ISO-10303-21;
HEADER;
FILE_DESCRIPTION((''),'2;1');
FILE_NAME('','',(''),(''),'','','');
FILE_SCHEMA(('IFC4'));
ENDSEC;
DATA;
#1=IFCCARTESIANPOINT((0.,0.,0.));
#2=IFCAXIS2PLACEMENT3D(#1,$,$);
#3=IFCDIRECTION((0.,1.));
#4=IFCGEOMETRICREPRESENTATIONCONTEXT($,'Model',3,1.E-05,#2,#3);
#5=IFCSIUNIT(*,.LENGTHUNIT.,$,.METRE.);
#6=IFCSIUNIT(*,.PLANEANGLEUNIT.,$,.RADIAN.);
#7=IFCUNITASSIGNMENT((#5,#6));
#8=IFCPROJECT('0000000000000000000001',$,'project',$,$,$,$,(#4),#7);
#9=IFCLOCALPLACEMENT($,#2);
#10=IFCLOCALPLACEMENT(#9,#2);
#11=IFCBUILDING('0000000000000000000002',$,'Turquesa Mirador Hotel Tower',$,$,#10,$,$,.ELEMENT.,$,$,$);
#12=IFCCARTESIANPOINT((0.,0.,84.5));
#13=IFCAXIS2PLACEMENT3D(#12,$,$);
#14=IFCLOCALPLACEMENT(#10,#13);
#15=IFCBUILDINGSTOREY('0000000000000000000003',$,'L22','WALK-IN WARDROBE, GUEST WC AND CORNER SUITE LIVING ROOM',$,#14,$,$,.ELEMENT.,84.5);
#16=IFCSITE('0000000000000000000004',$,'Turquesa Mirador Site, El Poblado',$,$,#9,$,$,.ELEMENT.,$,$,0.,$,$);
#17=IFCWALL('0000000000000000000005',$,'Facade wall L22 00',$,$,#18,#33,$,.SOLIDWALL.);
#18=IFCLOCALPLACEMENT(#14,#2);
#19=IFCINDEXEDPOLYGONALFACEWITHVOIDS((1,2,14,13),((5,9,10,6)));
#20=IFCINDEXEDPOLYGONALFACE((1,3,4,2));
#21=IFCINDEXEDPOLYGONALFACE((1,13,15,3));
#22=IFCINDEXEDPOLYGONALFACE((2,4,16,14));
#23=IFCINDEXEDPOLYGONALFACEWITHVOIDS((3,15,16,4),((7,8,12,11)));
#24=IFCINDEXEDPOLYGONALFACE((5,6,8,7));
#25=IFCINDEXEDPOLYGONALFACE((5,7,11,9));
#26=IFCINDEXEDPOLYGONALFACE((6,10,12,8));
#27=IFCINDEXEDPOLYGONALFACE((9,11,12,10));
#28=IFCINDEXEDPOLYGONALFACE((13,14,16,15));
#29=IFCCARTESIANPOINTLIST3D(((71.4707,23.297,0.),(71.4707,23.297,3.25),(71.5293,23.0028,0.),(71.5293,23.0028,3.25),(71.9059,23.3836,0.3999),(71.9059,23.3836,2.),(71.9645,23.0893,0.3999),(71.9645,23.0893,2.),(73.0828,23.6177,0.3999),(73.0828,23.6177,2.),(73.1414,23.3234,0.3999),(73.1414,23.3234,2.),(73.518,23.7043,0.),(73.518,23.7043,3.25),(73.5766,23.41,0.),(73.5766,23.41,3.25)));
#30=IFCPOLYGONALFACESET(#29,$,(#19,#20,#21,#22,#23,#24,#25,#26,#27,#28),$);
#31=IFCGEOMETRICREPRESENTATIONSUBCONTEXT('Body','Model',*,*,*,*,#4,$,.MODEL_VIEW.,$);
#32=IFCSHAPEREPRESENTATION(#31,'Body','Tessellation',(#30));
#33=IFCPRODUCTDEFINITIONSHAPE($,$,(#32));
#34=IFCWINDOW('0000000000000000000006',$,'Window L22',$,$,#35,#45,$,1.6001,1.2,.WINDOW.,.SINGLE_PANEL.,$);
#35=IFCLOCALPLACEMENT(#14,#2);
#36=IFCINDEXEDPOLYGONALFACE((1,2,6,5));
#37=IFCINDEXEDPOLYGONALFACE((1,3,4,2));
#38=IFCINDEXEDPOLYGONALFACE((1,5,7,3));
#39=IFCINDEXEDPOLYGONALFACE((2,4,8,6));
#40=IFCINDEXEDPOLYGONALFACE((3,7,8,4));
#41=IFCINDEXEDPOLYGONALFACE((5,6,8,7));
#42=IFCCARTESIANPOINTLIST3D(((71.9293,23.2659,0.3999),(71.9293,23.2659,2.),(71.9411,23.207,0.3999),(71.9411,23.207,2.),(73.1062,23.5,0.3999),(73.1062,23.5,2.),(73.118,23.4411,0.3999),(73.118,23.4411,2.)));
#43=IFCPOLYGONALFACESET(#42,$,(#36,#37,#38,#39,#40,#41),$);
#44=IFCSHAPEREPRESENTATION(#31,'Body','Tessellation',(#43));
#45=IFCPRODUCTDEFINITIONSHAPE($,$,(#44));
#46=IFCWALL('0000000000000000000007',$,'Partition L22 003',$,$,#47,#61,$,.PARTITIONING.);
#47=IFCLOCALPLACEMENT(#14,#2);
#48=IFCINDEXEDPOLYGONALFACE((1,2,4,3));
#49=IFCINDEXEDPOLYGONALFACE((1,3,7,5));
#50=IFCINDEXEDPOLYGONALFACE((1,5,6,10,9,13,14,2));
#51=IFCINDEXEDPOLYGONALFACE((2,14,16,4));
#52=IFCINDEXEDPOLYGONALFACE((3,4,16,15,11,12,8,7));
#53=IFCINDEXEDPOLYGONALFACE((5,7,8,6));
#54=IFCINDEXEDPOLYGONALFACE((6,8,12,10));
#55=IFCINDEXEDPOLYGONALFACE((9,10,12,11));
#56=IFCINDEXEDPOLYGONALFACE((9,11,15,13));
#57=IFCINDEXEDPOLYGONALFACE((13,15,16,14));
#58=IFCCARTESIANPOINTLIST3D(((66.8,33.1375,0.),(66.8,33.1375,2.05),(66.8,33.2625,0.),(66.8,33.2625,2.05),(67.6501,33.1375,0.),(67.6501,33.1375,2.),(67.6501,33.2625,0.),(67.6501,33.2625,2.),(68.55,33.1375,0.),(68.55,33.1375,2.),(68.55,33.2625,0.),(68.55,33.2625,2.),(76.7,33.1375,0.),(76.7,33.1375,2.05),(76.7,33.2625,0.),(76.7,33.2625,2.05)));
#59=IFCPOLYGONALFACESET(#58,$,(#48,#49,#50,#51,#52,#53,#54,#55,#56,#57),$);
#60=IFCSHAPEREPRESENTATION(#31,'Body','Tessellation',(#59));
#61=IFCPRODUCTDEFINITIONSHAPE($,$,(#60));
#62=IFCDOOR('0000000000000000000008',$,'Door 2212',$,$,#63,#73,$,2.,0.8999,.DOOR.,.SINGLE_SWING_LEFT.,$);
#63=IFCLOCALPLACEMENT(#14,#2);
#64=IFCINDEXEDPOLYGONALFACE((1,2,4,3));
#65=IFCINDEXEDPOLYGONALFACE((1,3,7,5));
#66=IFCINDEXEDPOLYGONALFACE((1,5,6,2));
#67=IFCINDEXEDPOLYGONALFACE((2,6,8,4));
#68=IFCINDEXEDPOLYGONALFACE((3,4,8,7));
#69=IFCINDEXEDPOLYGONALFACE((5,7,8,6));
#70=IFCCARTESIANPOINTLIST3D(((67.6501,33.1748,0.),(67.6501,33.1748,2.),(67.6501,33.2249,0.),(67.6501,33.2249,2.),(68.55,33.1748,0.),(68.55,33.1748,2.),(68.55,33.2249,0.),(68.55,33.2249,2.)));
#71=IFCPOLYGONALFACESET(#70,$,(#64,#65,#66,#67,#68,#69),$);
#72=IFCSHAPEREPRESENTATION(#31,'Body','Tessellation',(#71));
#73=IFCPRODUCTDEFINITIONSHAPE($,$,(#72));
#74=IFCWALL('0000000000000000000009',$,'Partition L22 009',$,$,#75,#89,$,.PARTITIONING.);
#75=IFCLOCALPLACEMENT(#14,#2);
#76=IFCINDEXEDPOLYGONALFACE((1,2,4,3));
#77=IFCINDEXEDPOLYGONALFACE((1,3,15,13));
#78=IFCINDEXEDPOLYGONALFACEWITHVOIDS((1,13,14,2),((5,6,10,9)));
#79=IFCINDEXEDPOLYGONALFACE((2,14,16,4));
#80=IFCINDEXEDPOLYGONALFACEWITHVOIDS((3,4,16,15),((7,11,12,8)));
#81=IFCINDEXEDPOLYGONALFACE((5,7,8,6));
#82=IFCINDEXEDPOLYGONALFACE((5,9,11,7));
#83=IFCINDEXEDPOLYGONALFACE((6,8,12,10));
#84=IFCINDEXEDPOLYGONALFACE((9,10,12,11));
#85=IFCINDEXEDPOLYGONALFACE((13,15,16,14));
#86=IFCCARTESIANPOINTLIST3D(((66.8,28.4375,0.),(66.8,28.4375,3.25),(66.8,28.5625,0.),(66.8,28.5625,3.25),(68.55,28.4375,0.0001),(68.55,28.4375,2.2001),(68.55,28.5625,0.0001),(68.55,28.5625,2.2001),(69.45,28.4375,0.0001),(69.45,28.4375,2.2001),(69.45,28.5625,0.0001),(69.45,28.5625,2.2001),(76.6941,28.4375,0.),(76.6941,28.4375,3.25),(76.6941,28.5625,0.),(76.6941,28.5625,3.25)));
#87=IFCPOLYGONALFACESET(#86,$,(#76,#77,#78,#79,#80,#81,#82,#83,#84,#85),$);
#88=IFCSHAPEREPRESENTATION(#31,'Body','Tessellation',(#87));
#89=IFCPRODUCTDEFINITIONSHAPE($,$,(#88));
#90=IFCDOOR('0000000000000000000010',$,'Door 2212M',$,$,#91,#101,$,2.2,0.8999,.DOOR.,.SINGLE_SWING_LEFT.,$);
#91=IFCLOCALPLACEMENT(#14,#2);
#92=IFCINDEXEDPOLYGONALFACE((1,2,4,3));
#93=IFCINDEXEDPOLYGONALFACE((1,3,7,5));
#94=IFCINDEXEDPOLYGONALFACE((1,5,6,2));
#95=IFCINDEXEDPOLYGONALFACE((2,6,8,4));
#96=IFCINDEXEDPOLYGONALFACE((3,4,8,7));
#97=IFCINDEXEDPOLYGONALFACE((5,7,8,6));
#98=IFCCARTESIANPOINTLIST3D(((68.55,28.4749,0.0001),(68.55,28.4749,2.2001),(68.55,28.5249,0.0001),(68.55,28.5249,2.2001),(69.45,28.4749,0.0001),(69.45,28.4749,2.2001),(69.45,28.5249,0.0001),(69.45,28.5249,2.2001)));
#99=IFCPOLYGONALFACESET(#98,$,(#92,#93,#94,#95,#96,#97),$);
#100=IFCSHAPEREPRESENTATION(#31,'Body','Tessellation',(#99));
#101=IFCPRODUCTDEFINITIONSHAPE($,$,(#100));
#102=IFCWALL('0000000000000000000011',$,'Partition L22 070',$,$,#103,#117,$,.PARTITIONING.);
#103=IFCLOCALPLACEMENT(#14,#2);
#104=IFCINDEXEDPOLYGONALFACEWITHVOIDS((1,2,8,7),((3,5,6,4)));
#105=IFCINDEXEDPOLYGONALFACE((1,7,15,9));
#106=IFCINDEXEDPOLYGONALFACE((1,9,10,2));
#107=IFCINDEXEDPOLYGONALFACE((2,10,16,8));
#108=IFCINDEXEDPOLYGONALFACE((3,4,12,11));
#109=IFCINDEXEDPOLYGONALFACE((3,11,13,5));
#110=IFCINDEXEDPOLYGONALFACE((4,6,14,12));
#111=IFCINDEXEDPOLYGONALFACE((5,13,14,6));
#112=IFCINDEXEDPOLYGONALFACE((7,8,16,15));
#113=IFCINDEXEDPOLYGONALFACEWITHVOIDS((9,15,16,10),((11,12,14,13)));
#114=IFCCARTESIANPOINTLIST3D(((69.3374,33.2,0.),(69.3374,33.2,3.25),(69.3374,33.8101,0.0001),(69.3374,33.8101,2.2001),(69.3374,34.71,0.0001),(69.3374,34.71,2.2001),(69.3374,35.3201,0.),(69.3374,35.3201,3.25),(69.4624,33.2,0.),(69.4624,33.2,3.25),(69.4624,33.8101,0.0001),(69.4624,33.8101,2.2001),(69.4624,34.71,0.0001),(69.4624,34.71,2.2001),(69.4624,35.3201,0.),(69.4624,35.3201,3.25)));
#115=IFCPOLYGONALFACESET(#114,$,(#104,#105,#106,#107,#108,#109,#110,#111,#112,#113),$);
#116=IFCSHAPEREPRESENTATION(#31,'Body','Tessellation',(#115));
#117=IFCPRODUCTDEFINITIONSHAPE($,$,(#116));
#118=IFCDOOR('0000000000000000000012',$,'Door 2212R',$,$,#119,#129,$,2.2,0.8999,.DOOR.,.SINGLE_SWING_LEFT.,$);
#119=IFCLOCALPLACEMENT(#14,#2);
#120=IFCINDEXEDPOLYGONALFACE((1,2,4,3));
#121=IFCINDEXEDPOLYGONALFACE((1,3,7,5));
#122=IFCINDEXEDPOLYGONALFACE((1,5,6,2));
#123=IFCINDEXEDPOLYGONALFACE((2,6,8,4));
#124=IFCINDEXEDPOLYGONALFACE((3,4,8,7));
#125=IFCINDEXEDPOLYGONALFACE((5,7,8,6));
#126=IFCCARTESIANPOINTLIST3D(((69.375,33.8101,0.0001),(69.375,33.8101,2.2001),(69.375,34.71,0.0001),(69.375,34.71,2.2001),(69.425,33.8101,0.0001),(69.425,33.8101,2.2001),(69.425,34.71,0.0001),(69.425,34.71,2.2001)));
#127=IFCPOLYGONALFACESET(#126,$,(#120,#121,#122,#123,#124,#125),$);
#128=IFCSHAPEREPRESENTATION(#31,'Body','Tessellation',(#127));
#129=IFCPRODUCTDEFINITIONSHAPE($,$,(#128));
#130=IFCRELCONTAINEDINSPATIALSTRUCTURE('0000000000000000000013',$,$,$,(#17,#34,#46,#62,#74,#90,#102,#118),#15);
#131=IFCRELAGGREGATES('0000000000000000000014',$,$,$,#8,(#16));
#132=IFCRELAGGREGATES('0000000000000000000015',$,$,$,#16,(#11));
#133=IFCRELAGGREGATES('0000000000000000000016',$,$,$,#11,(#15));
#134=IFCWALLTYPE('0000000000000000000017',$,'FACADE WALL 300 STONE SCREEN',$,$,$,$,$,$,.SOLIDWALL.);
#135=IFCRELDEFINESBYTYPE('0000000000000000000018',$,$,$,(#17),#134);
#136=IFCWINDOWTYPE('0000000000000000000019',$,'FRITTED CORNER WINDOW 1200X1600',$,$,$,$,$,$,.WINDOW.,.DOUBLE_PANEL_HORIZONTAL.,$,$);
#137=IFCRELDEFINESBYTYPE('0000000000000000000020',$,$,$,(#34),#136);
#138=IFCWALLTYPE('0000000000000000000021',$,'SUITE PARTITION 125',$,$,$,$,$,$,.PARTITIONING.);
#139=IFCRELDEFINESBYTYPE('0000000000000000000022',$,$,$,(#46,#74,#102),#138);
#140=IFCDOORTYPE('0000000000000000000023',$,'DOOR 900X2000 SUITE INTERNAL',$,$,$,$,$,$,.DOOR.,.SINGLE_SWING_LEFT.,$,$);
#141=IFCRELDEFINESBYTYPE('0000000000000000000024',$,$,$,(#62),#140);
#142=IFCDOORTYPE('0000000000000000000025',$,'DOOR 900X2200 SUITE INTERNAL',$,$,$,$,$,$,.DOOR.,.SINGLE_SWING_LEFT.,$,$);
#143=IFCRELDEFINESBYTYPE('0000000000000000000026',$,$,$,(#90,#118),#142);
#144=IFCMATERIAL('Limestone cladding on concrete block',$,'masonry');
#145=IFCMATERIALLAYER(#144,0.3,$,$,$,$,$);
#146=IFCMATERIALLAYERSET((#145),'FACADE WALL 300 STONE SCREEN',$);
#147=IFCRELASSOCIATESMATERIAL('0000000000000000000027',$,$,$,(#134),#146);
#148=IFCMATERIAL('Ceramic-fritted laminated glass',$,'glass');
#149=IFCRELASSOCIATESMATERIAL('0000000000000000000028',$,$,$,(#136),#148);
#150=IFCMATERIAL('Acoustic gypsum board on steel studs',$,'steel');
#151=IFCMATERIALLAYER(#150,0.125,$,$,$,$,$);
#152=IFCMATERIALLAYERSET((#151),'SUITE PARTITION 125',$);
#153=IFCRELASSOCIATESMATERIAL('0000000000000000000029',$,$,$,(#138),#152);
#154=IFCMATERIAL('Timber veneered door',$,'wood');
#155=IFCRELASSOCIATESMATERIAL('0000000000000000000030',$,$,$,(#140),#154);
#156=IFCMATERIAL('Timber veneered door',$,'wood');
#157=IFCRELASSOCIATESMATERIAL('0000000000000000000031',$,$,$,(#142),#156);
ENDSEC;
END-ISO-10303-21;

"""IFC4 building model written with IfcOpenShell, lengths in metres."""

from ifc_helpers import new_model, si_unit, direction, frame, frame_2d, origin, place, context, subcontext, project, spatial, rectangle, extrude, material, layer, layer_set, type_object, element, fill, save


model = new_model("IFC4")

# Units and contexts
model_context = context("Model", 3, precision=1e-05, world=origin(), true_north=direction((0.0, 1.0)))
body_context = subcontext(model_context, "Body", "Model", "MODEL_VIEW")
ifc_project = project(units=[si_unit("LENGTHUNIT", "METRE"), si_unit("PLANEANGLEUNIT", "RADIAN")], contexts=[model_context])

# Site, building, storey
site_placement = place(None, origin())
site = spatial("IfcSite", under=ifc_project, at=site_placement, Name="Turquesa Mirador Site, El Poblado", CompositionType="ELEMENT", RefElevation=0.0)
building_placement = place(site_placement, origin())
building = spatial("IfcBuilding", under=site, at=building_placement, Name="Turquesa Mirador Hotel Tower", CompositionType="ELEMENT")
storey_placement = place(building_placement, frame((0.0, 0.0, 84.5)))
storey = spatial("IfcBuildingStorey", under=building, at=storey_placement, Name="L22", Description="WALK-IN WARDROBE, GUEST WC AND CORNER SUITE LIVING ROOM", CompositionType="ELEMENT", Elevation=84.5)

# Wall, opening, window
ifc_material_1 = material(Name="Limestone cladding on concrete block", Category="masonry")
ifc_layer_1 = layer(ifc_material_1, 0.3)
ifc_layer_set_1 = layer_set([ifc_layer_1], Name="FACADE WALL 300 STONE SCREEN")
wall_type_1 = type_object("IfcWallType", Name="FACADE WALL 300 STONE SCREEN", PredefinedType="SOLIDWALL", material=ifc_layer_set_1)
wall_1_placement = place(storey_placement, frame((71.5, 23.1499, 0.0), z_axis=(0.0, 0.0, 1.0), x_axis=(0.980787, 0.195081, 0.0)))
wall_1 = element("IfcWall", 1, at=wall_1_placement, inside=storey, type_object=wall_type_1, Name="Facade wall L22 00", PredefinedType="SOLIDWALL", context=body_context, shape_type="SweptSolid", body=[
    extrude(rectangle(XDim=2.0874, YDim=0.3, at=frame_2d((1.0437, 0.0))), origin(), (0.0, 0.0, 1.0), 3.25),
])
opening_1_placement = place(wall_1_placement, frame((0.4436, 0.0, 0.3999)))
opening_1 = element("IfcOpeningElement", 2, at=opening_1_placement, cuts=wall_1, PredefinedType="OPENING", context=body_context, shape_type="SweptSolid", body=[
    extrude(rectangle(XDim=1.2, YDim=1.6001, at=frame_2d((0.6001, 0.8))), frame((0.0, 0.1599, 0.0), z_axis=(0.0, -1.0, 0.0), x_axis=(1.0, 0.0, 0.0)), (0.0, 0.0, 1.0), 0.3201),
])
ifc_material_2 = material(Name="Ceramic-fritted laminated glass", Category="glass")
window_type = type_object("IfcWindowType", Name="FRITTED CORNER WINDOW 1200X1600", PartitioningType="DOUBLE_PANEL_HORIZONTAL", PredefinedType="WINDOW", material=ifc_material_2)
window_placement = place(opening_1_placement, origin())
window = element("IfcWindow", 3, at=window_placement, inside=storey, type_object=window_type, Name="Window L22", OverallHeight=1.6001, OverallWidth=1.2, PartitioningType="SINGLE_PANEL", PredefinedType="WINDOW", context=body_context, shape_type="SweptSolid", body=[
    extrude(rectangle(XDim=1.2, YDim=1.6001, at=frame_2d((0.6001, 0.8))), frame((0.0, 0.03, 0.0), z_axis=(0.0, -1.0, 0.0), x_axis=(1.0, 0.0, 0.0)), (0.0, 0.0, 1.0), 0.0601),
])
fill(opening_1, window)

# Walls, openings, doors
ifc_material_3 = material(Name="Acoustic gypsum board on steel studs", Category="steel")
ifc_layer_2 = layer(ifc_material_3, 0.125)
ifc_layer_set_2 = layer_set([ifc_layer_2], Name="SUITE PARTITION 125")
wall_type_2 = type_object("IfcWallType", Name="SUITE PARTITION 125", PredefinedType="PARTITIONING", material=ifc_layer_set_2)
wall_2_placement = place(storey_placement, frame((66.8, 33.2, 0.0), z_axis=(0.0, 0.0, 1.0), x_axis=(1.0, 0.0, 0.0)))
wall_2 = element("IfcWall", 4, at=wall_2_placement, inside=storey, type_object=wall_type_2, Name="Partition L22 003", PredefinedType="PARTITIONING", context=body_context, shape_type="SweptSolid", body=[
    extrude(rectangle(XDim=9.8999, YDim=0.125, at=frame_2d((4.95, 0.0))), origin(), (0.0, 0.0, 1.0), 2.05),
])
opening_2_placement = place(wall_2_placement, frame((0.8501, 0.0, 0.0)))
opening_2 = element("IfcOpeningElement", 5, at=opening_2_placement, cuts=wall_2, PredefinedType="OPENING", context=body_context, shape_type="SweptSolid", body=[
    extrude(rectangle(XDim=0.8999, YDim=2.0, at=frame_2d((0.45, 1.0))), frame((0.0, 0.0725, 0.0), z_axis=(0.0, -1.0, 0.0), x_axis=(1.0, 0.0, 0.0)), (0.0, 0.0, 1.0), 0.145),
])
ifc_material_4 = material(Name="Timber veneered door", Category="wood")
door_type_1 = type_object("IfcDoorType", Name="DOOR 900X2000 SUITE INTERNAL", OperationType="SINGLE_SWING_LEFT", PredefinedType="DOOR", material=ifc_material_4)
door_1_placement = place(opening_2_placement, origin())
door_1 = element("IfcDoor", 6, at=door_1_placement, inside=storey, type_object=door_type_1, Name="Door 2212", OperationType="SINGLE_SWING_LEFT", OverallHeight=2.0, OverallWidth=0.8999, PredefinedType="DOOR", context=body_context, shape_type="SweptSolid", body=[
    extrude(rectangle(XDim=0.8999, YDim=2.0, at=frame_2d((0.45, 1.0))), frame((0.0, 0.0249, 0.0), z_axis=(0.0, -1.0, 0.0), x_axis=(1.0, 0.0, 0.0)), (0.0, 0.0, 1.0), 0.05),
])
fill(opening_2, door_1)
wall_3_placement = place(storey_placement, frame((66.8, 28.5, 0.0), z_axis=(0.0, 0.0, 1.0), x_axis=(1.0, 0.0, 0.0)))
wall_3 = element("IfcWall", 7, at=wall_3_placement, inside=storey, type_object=wall_type_2, Name="Partition L22 009", PredefinedType="PARTITIONING", context=body_context, shape_type="SweptSolid", body=[
    extrude(rectangle(XDim=9.894, YDim=0.125, at=frame_2d((4.947, 0.0))), origin(), (0.0, 0.0, 1.0), 3.25),
])
opening_3_placement = place(wall_3_placement, frame((1.75, 0.0, 0.0)))
opening_3 = element("IfcOpeningElement", 8, at=opening_3_placement, cuts=wall_3, PredefinedType="OPENING", context=body_context, shape_type="SweptSolid", body=[
    extrude(rectangle(XDim=0.8999, YDim=2.2, at=frame_2d((0.45, 1.1001))), frame((0.0, 0.0725, 0.0), z_axis=(0.0, -1.0, 0.0), x_axis=(1.0, 0.0, 0.0)), (0.0, 0.0, 1.0), 0.145),
])
ifc_material_5 = material(Name="Timber veneered door", Category="wood")
door_type_2 = type_object("IfcDoorType", Name="DOOR 900X2200 SUITE INTERNAL", OperationType="SINGLE_SWING_LEFT", PredefinedType="DOOR", material=ifc_material_5)
door_2_placement = place(opening_3_placement, origin())
door_2 = element("IfcDoor", 9, at=door_2_placement, inside=storey, type_object=door_type_2, Name="Door 2212M", OperationType="SINGLE_SWING_LEFT", OverallHeight=2.2, OverallWidth=0.8999, PredefinedType="DOOR", context=body_context, shape_type="SweptSolid", body=[
    extrude(rectangle(XDim=0.8999, YDim=2.2, at=frame_2d((0.45, 1.1001))), frame((0.0, 0.0249, 0.0), z_axis=(0.0, -1.0, 0.0), x_axis=(1.0, 0.0, 0.0)), (0.0, 0.0, 1.0), 0.05),
])
fill(opening_3, door_2)
wall_4_placement = place(storey_placement, frame((69.3999, 33.2, 0.0), z_axis=(0.0, 0.0, 1.0), x_axis=(0.0, 1.0, 0.0)))
wall_4 = element("IfcWall", 10, at=wall_4_placement, inside=storey, type_object=wall_type_2, Name="Partition L22 070", PredefinedType="PARTITIONING", context=body_context, shape_type="SweptSolid", body=[
    extrude(rectangle(XDim=2.1201, YDim=0.125, at=frame_2d((1.0601, 0.0))), origin(), (0.0, 0.0, 1.0), 3.25),
])
opening_4_placement = place(wall_4_placement, frame((0.6101, 0.0, 0.0)))
opening_4 = element("IfcOpeningElement", 11, at=opening_4_placement, cuts=wall_4, PredefinedType="OPENING", context=body_context, shape_type="SweptSolid", body=[
    extrude(rectangle(XDim=0.8999, YDim=2.2, at=frame_2d((0.45, 1.1001))), frame((0.0, 0.0725, 0.0), z_axis=(0.0, -1.0, 0.0), x_axis=(1.0, 0.0, 0.0)), (0.0, 0.0, 1.0), 0.145),
])
door_3_placement = place(opening_4_placement, origin())
door_3 = element("IfcDoor", 12, at=door_3_placement, inside=storey, type_object=door_type_2, Name="Door 2212R", OperationType="SINGLE_SWING_LEFT", OverallHeight=2.2, OverallWidth=0.8999, PredefinedType="DOOR", context=body_context, shape_type="SweptSolid", body=[
    extrude(rectangle(XDim=0.8999, YDim=2.2, at=frame_2d((0.45, 1.1001))), frame((0.0, 0.0249, 0.0), z_axis=(0.0, -1.0, 0.0), x_axis=(1.0, 0.0, 0.0)), (0.0, 0.0, 1.0), 0.05),
])
fill(opening_4, door_3)

save(model, "model.ifc")
